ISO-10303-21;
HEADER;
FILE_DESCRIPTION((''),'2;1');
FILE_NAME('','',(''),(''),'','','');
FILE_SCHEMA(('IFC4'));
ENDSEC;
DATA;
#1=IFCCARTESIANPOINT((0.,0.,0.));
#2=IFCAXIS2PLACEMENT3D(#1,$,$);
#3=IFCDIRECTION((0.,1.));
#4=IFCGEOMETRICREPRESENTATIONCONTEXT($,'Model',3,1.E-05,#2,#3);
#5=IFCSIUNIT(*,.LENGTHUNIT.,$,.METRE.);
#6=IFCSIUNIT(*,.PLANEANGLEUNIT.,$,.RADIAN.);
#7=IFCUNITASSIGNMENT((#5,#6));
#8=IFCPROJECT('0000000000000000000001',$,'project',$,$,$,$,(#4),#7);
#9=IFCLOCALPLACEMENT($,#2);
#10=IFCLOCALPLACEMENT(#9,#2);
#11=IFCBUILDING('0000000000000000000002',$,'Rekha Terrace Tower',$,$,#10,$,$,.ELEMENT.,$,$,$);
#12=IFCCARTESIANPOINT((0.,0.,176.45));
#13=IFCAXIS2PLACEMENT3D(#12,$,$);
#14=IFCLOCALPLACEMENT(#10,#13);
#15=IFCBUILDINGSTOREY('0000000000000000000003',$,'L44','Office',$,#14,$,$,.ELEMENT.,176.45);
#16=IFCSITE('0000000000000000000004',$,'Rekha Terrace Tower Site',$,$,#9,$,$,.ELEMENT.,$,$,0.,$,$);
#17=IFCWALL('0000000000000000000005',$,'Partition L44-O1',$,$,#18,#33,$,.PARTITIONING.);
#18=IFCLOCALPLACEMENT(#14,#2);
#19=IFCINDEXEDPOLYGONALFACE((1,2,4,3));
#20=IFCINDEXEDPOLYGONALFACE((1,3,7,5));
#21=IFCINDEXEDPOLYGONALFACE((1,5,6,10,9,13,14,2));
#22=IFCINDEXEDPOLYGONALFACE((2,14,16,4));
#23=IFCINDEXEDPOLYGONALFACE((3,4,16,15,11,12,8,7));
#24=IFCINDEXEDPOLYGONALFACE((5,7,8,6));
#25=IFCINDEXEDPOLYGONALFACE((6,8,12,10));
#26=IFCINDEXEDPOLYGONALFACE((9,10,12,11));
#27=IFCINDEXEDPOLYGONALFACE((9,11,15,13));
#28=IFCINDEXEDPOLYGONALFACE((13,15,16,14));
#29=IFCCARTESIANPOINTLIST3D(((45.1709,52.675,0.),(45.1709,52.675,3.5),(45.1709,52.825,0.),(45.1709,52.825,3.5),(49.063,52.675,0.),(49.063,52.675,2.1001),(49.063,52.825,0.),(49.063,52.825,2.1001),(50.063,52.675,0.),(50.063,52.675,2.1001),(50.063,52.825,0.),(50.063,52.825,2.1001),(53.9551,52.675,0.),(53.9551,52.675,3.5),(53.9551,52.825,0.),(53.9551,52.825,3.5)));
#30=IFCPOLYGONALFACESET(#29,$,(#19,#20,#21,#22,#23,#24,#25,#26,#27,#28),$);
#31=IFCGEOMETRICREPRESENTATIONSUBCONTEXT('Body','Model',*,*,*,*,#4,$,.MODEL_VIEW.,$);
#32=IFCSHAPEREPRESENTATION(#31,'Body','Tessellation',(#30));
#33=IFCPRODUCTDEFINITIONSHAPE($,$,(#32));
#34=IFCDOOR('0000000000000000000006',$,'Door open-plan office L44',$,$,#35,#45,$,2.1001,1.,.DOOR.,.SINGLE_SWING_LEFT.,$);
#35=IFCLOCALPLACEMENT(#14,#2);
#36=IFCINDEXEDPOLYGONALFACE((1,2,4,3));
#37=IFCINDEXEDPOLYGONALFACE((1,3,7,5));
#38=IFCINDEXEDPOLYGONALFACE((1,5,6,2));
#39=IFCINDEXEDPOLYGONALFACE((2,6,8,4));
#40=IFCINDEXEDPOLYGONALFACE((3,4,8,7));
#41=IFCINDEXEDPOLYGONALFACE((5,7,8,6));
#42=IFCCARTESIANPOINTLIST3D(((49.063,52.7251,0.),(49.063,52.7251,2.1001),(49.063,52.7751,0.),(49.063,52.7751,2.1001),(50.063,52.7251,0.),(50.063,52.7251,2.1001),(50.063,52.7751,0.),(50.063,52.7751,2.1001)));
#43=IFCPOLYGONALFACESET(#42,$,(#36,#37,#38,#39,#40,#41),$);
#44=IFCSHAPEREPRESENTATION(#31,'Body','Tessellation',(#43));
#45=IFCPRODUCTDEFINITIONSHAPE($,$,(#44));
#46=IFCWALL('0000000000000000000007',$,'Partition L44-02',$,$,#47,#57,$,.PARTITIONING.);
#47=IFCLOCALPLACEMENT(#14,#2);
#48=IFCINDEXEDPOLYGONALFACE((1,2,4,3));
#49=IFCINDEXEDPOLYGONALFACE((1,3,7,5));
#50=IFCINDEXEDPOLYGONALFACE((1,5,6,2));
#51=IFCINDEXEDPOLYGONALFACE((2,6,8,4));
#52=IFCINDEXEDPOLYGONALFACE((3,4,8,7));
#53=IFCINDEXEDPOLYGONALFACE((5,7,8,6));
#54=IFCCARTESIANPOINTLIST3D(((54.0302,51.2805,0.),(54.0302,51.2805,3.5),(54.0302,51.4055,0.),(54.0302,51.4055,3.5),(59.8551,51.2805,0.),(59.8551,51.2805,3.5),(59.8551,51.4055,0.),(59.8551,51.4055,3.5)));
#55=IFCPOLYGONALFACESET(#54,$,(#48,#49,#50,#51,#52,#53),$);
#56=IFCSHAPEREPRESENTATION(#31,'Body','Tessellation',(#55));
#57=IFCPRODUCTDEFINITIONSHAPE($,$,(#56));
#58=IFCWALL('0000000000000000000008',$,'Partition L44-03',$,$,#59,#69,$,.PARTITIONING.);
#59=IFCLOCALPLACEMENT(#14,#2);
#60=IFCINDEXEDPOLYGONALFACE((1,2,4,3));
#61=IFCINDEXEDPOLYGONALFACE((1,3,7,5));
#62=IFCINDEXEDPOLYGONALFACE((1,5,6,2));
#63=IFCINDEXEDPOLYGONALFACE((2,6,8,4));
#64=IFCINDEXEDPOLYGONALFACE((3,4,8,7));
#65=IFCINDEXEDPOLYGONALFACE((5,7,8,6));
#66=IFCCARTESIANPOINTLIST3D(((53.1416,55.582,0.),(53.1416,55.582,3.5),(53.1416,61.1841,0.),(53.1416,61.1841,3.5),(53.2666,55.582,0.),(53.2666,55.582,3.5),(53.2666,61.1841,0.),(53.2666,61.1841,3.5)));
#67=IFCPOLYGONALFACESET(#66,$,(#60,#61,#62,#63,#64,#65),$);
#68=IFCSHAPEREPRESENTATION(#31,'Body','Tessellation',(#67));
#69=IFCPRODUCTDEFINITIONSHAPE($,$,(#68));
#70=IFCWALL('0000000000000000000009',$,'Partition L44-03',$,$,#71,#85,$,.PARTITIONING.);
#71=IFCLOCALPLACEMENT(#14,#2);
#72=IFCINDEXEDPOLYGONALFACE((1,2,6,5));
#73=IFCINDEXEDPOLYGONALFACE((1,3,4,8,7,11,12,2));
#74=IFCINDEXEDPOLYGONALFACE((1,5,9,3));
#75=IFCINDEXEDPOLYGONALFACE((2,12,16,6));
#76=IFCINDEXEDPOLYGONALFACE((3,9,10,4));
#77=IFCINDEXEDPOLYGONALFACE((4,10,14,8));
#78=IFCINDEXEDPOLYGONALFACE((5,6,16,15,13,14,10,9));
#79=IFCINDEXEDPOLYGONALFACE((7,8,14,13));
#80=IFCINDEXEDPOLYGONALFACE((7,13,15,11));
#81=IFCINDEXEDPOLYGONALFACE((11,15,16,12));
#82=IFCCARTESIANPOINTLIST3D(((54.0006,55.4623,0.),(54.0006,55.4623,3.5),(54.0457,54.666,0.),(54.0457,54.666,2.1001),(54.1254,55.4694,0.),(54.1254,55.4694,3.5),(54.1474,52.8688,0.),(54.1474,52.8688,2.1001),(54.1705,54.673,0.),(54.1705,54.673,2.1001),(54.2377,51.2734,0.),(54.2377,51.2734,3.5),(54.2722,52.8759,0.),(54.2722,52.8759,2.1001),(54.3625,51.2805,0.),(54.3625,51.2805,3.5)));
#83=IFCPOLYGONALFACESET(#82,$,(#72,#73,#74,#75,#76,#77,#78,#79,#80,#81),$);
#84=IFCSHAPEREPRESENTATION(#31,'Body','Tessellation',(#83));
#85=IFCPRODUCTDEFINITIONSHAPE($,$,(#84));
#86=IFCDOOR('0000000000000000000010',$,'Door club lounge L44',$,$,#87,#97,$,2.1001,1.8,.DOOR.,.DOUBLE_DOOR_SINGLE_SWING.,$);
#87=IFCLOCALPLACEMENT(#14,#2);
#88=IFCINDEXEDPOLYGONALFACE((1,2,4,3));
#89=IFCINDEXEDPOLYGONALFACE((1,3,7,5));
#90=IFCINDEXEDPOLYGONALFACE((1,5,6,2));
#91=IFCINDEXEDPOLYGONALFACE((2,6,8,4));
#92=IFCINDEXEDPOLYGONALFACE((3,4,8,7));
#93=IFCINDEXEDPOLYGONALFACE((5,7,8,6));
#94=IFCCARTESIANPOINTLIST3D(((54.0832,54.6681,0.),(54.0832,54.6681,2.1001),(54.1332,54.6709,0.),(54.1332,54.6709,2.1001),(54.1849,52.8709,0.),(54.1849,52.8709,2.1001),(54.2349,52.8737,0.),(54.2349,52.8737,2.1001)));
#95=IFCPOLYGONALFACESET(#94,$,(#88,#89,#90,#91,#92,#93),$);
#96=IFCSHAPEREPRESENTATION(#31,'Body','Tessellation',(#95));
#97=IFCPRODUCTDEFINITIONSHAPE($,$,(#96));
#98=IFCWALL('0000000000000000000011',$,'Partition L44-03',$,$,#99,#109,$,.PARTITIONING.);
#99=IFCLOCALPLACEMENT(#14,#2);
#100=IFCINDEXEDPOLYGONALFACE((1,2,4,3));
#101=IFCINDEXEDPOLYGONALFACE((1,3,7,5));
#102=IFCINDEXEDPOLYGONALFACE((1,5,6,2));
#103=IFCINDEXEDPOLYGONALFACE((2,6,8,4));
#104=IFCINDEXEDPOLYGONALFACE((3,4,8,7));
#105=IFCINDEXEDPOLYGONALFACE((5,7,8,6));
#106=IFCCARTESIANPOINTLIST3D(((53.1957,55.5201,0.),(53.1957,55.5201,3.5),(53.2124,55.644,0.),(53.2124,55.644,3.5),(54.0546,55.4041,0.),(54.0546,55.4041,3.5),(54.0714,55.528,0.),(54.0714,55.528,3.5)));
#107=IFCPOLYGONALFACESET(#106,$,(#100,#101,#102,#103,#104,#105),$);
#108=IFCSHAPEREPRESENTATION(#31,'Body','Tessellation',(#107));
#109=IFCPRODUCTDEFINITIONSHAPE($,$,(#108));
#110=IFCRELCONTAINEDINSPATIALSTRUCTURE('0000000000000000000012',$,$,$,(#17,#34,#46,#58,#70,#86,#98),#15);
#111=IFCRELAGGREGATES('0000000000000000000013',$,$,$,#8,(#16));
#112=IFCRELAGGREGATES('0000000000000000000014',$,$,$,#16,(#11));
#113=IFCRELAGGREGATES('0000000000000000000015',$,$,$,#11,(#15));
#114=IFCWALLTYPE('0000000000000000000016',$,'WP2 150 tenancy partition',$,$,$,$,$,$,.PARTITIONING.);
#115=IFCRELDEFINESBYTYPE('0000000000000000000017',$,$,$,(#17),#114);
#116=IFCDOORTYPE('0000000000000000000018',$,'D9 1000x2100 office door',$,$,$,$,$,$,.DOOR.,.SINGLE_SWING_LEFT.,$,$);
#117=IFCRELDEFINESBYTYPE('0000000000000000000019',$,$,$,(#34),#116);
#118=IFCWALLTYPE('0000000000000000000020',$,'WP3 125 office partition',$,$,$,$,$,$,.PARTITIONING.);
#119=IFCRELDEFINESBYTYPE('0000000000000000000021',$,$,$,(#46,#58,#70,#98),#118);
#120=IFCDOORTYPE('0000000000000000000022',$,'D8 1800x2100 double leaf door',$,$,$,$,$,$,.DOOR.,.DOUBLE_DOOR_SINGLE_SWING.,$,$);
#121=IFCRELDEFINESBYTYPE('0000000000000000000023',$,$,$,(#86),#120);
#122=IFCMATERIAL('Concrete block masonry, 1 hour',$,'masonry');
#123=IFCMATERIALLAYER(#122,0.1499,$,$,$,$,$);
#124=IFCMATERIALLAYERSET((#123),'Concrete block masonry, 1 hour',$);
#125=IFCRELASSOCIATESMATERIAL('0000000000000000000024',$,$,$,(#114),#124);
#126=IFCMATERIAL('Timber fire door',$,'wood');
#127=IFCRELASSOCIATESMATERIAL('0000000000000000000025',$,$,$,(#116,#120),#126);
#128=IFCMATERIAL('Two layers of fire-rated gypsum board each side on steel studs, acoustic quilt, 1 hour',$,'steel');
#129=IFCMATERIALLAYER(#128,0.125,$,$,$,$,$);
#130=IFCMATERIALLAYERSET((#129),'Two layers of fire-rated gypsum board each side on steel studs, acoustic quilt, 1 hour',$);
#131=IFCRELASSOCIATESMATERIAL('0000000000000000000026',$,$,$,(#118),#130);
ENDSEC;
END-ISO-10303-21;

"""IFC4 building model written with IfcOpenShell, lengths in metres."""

from ifc_helpers import new_model, si_unit, direction, frame, frame_2d, origin, place, context, subcontext, project, spatial, rectangle, extrude, material, layer, layer_set, type_object, element, fill, save


model = new_model("IFC4")

# Units and contexts
model_context = context("Model", 3, precision=1e-05, world=origin(), true_north=direction((0.0, 1.0)))
body_context = subcontext(model_context, "Body", "Model", "MODEL_VIEW")
ifc_project = project(units=[si_unit("LENGTHUNIT", "METRE"), si_unit("PLANEANGLEUNIT", "RADIAN")], contexts=[model_context])

# Site, building, storey
site_placement = place(None, origin())
site = spatial("IfcSite", under=ifc_project, at=site_placement, Name="Rekha Terrace Tower Site", CompositionType="ELEMENT", RefElevation=0.0)
building_placement = place(site_placement, origin())
building = spatial("IfcBuilding", under=site, at=building_placement, Name="Rekha Terrace Tower", CompositionType="ELEMENT")
storey_placement = place(building_placement, frame((0.0, 0.0, 176.45)))
storey = spatial("IfcBuildingStorey", under=building, at=storey_placement, Name="L44", Description="Office", CompositionType="ELEMENT", Elevation=176.45)

# Shared definitions
ifc_material_1 = material(Name="Concrete block masonry, 1 hour", Category="masonry")
ifc_layer_1 = layer(ifc_material_1, 0.1499)
ifc_layer_set_1 = layer_set([ifc_layer_1], Name="Concrete block masonry, 1 hour")
wall_type_1 = type_object("IfcWallType", Name="WP2 150 tenancy partition", PredefinedType="PARTITIONING", material=ifc_layer_set_1)

# Wall, opening, door
wall_1_placement = place(storey_placement, frame((53.9551, 52.75, 0.0), z_axis=(0.0, 0.0, 1.0), x_axis=(-1.0, 0.0, 0.0)))
wall_1 = element("IfcWall", 1, at=wall_1_placement, inside=storey, type_object=wall_type_1, Name="Partition L44-O1", PredefinedType="PARTITIONING", context=body_context, shape_type="SweptSolid", body=[
    extrude(rectangle(XDim=8.7842, YDim=0.1499, at=frame_2d((4.3921, 0.0))), origin(), (0.0, 0.0, 1.0), 3.5),
])
opening_1_placement = place(wall_1_placement, frame((3.8921, 0.0, 0.0)))
opening_1 = element("IfcOpeningElement", 2, at=opening_1_placement, cuts=wall_1, PredefinedType="OPENING", context=body_context, shape_type="SweptSolid", body=[
    extrude(rectangle(XDim=1.0, YDim=2.1001, at=frame_2d((0.5, 1.05))), frame((0.0, 0.085, 0.0), z_axis=(0.0, -1.0, 0.0), x_axis=(1.0, 0.0, 0.0)), (0.0, 0.0, 1.0), 0.1699),
])
ifc_material_2 = material(Name="Timber fire door", Category="wood")
door_type_1 = type_object("IfcDoorType", Name="D9 1000x2100 office door", OperationType="SINGLE_SWING_LEFT", PredefinedType="DOOR", material=ifc_material_2)
door_1_placement = place(opening_1_placement, origin())
door_1 = element("IfcDoor", 3, at=door_1_placement, inside=storey, type_object=door_type_1, Name="Door open-plan office L44", OperationType="SINGLE_SWING_LEFT", OverallHeight=2.1001, OverallWidth=1.0, PredefinedType="DOOR", context=body_context, shape_type="SweptSolid", body=[
    extrude(rectangle(XDim=1.0, YDim=2.1001, at=frame_2d((0.5, 1.05))), frame((0.0, 0.0249, 0.0), z_axis=(0.0, -1.0, 0.0), x_axis=(1.0, 0.0, 0.0)), (0.0, 0.0, 1.0), 0.05),
])
fill(opening_1, door_1)

# Walls
ifc_material_3 = material(Name="Two layers of fire-rated gypsum board each side on steel studs, acoustic quilt, 1 hour", Category="steel")
ifc_layer_2 = layer(ifc_material_3, 0.125)
ifc_layer_set_2 = layer_set([ifc_layer_2], Name="Two layers of fire-rated gypsum board each side on steel studs, acoustic quilt, 1 hour")
wall_type_2 = type_object("IfcWallType", Name="WP3 125 office partition", PredefinedType="PARTITIONING", material=ifc_layer_set_2)
wall_2_placement = place(storey_placement, frame((54.03, 51.343, 0.0), z_axis=(0.0, 0.0, 1.0), x_axis=(1.0, 0.0, 0.0)))
element("IfcWall", 4, at=wall_2_placement, inside=storey, type_object=wall_type_2, Name="Partition L44-02", PredefinedType="PARTITIONING", context=body_context, shape_type="SweptSolid", body=[
    extrude(rectangle(XDim=5.825, YDim=0.125, at=frame_2d((2.9126, 0.0))), origin(), (0.0, 0.0, 1.0), 3.5),
])
wall_3_placement = place(storey_placement, frame((53.2041, 55.582, 0.0), z_axis=(0.0, 0.0, 1.0), x_axis=(0.0, 1.0, 0.0)))
element("IfcWall", 5, at=wall_3_placement, inside=storey, type_object=wall_type_2, Name="Partition L44-03", PredefinedType="PARTITIONING", context=body_context, shape_type="SweptSolid", body=[
    extrude(rectangle(XDim=5.6021, YDim=0.125, at=frame_2d((2.801, 0.0))), origin(), (0.0, 0.0, 1.0), 3.5),
])

# Wall, opening, door
wall_4_placement = place(storey_placement, frame((54.3, 51.2771, 0.0), z_axis=(0.0, 0.0, 1.0), x_axis=(-0.056501, 0.998403, 0.0)))
wall_4 = element("IfcWall", 6, at=wall_4_placement, inside=storey, type_object=wall_type_2, Name="Partition L44-03", PredefinedType="PARTITIONING", context=body_context, shape_type="SweptSolid", body=[
    extrude(rectangle(XDim=4.1956, YDim=0.125, at=frame_2d((2.0977, 0.0))), origin(), (0.0, 0.0, 1.0), 3.5),
])
opening_2_placement = place(wall_4_placement, frame((1.5979, 0.0, 0.0)))
opening_2 = element("IfcOpeningElement", 7, at=opening_2_placement, cuts=wall_4, PredefinedType="OPENING", context=body_context, shape_type="SweptSolid", body=[
    extrude(rectangle(XDim=1.8, YDim=2.1001, at=frame_2d((0.8999, 1.05))), frame((0.0, 0.0725, 0.0), z_axis=(0.0, -1.0, 0.0), x_axis=(1.0, 0.0, 0.0)), (0.0, 0.0, 1.0), 0.145),
])
door_type_2 = type_object("IfcDoorType", Name="D8 1800x2100 double leaf door", OperationType="DOUBLE_DOOR_SINGLE_SWING", PredefinedType="DOOR", material=ifc_material_2)
door_2_placement = place(opening_2_placement, origin())
door_2 = element("IfcDoor", 8, at=door_2_placement, inside=storey, type_object=door_type_2, Name="Door club lounge L44", OperationType="DOUBLE_DOOR_SINGLE_SWING", OverallHeight=2.1001, OverallWidth=1.8, PredefinedType="DOOR", context=body_context, shape_type="SweptSolid", body=[
    extrude(rectangle(XDim=1.8, YDim=2.1001, at=frame_2d((0.8999, 1.05))), frame((0.0, 0.0249, 0.0), z_axis=(0.0, -1.0, 0.0), x_axis=(1.0, 0.0, 0.0)), (0.0, 0.0, 1.0), 0.05),
])
fill(opening_2, door_2)

# Wall
wall_5_placement = place(storey_placement, frame((54.063, 55.4661, 0.0), z_axis=(0.0, 0.0, 1.0), x_axis=(-0.991008, 0.133806, 0.0)))
element("IfcWall", 9, at=wall_5_placement, inside=storey, type_object=wall_type_2, Name="Partition L44-03", PredefinedType="PARTITIONING", context=body_context, shape_type="SweptSolid", body=[
    extrude(rectangle(XDim=0.8667, YDim=0.125, at=frame_2d((0.4333, 0.0))), origin(), (0.0, 0.0, 1.0), 3.5),
])

save(model, "model.ifc")
